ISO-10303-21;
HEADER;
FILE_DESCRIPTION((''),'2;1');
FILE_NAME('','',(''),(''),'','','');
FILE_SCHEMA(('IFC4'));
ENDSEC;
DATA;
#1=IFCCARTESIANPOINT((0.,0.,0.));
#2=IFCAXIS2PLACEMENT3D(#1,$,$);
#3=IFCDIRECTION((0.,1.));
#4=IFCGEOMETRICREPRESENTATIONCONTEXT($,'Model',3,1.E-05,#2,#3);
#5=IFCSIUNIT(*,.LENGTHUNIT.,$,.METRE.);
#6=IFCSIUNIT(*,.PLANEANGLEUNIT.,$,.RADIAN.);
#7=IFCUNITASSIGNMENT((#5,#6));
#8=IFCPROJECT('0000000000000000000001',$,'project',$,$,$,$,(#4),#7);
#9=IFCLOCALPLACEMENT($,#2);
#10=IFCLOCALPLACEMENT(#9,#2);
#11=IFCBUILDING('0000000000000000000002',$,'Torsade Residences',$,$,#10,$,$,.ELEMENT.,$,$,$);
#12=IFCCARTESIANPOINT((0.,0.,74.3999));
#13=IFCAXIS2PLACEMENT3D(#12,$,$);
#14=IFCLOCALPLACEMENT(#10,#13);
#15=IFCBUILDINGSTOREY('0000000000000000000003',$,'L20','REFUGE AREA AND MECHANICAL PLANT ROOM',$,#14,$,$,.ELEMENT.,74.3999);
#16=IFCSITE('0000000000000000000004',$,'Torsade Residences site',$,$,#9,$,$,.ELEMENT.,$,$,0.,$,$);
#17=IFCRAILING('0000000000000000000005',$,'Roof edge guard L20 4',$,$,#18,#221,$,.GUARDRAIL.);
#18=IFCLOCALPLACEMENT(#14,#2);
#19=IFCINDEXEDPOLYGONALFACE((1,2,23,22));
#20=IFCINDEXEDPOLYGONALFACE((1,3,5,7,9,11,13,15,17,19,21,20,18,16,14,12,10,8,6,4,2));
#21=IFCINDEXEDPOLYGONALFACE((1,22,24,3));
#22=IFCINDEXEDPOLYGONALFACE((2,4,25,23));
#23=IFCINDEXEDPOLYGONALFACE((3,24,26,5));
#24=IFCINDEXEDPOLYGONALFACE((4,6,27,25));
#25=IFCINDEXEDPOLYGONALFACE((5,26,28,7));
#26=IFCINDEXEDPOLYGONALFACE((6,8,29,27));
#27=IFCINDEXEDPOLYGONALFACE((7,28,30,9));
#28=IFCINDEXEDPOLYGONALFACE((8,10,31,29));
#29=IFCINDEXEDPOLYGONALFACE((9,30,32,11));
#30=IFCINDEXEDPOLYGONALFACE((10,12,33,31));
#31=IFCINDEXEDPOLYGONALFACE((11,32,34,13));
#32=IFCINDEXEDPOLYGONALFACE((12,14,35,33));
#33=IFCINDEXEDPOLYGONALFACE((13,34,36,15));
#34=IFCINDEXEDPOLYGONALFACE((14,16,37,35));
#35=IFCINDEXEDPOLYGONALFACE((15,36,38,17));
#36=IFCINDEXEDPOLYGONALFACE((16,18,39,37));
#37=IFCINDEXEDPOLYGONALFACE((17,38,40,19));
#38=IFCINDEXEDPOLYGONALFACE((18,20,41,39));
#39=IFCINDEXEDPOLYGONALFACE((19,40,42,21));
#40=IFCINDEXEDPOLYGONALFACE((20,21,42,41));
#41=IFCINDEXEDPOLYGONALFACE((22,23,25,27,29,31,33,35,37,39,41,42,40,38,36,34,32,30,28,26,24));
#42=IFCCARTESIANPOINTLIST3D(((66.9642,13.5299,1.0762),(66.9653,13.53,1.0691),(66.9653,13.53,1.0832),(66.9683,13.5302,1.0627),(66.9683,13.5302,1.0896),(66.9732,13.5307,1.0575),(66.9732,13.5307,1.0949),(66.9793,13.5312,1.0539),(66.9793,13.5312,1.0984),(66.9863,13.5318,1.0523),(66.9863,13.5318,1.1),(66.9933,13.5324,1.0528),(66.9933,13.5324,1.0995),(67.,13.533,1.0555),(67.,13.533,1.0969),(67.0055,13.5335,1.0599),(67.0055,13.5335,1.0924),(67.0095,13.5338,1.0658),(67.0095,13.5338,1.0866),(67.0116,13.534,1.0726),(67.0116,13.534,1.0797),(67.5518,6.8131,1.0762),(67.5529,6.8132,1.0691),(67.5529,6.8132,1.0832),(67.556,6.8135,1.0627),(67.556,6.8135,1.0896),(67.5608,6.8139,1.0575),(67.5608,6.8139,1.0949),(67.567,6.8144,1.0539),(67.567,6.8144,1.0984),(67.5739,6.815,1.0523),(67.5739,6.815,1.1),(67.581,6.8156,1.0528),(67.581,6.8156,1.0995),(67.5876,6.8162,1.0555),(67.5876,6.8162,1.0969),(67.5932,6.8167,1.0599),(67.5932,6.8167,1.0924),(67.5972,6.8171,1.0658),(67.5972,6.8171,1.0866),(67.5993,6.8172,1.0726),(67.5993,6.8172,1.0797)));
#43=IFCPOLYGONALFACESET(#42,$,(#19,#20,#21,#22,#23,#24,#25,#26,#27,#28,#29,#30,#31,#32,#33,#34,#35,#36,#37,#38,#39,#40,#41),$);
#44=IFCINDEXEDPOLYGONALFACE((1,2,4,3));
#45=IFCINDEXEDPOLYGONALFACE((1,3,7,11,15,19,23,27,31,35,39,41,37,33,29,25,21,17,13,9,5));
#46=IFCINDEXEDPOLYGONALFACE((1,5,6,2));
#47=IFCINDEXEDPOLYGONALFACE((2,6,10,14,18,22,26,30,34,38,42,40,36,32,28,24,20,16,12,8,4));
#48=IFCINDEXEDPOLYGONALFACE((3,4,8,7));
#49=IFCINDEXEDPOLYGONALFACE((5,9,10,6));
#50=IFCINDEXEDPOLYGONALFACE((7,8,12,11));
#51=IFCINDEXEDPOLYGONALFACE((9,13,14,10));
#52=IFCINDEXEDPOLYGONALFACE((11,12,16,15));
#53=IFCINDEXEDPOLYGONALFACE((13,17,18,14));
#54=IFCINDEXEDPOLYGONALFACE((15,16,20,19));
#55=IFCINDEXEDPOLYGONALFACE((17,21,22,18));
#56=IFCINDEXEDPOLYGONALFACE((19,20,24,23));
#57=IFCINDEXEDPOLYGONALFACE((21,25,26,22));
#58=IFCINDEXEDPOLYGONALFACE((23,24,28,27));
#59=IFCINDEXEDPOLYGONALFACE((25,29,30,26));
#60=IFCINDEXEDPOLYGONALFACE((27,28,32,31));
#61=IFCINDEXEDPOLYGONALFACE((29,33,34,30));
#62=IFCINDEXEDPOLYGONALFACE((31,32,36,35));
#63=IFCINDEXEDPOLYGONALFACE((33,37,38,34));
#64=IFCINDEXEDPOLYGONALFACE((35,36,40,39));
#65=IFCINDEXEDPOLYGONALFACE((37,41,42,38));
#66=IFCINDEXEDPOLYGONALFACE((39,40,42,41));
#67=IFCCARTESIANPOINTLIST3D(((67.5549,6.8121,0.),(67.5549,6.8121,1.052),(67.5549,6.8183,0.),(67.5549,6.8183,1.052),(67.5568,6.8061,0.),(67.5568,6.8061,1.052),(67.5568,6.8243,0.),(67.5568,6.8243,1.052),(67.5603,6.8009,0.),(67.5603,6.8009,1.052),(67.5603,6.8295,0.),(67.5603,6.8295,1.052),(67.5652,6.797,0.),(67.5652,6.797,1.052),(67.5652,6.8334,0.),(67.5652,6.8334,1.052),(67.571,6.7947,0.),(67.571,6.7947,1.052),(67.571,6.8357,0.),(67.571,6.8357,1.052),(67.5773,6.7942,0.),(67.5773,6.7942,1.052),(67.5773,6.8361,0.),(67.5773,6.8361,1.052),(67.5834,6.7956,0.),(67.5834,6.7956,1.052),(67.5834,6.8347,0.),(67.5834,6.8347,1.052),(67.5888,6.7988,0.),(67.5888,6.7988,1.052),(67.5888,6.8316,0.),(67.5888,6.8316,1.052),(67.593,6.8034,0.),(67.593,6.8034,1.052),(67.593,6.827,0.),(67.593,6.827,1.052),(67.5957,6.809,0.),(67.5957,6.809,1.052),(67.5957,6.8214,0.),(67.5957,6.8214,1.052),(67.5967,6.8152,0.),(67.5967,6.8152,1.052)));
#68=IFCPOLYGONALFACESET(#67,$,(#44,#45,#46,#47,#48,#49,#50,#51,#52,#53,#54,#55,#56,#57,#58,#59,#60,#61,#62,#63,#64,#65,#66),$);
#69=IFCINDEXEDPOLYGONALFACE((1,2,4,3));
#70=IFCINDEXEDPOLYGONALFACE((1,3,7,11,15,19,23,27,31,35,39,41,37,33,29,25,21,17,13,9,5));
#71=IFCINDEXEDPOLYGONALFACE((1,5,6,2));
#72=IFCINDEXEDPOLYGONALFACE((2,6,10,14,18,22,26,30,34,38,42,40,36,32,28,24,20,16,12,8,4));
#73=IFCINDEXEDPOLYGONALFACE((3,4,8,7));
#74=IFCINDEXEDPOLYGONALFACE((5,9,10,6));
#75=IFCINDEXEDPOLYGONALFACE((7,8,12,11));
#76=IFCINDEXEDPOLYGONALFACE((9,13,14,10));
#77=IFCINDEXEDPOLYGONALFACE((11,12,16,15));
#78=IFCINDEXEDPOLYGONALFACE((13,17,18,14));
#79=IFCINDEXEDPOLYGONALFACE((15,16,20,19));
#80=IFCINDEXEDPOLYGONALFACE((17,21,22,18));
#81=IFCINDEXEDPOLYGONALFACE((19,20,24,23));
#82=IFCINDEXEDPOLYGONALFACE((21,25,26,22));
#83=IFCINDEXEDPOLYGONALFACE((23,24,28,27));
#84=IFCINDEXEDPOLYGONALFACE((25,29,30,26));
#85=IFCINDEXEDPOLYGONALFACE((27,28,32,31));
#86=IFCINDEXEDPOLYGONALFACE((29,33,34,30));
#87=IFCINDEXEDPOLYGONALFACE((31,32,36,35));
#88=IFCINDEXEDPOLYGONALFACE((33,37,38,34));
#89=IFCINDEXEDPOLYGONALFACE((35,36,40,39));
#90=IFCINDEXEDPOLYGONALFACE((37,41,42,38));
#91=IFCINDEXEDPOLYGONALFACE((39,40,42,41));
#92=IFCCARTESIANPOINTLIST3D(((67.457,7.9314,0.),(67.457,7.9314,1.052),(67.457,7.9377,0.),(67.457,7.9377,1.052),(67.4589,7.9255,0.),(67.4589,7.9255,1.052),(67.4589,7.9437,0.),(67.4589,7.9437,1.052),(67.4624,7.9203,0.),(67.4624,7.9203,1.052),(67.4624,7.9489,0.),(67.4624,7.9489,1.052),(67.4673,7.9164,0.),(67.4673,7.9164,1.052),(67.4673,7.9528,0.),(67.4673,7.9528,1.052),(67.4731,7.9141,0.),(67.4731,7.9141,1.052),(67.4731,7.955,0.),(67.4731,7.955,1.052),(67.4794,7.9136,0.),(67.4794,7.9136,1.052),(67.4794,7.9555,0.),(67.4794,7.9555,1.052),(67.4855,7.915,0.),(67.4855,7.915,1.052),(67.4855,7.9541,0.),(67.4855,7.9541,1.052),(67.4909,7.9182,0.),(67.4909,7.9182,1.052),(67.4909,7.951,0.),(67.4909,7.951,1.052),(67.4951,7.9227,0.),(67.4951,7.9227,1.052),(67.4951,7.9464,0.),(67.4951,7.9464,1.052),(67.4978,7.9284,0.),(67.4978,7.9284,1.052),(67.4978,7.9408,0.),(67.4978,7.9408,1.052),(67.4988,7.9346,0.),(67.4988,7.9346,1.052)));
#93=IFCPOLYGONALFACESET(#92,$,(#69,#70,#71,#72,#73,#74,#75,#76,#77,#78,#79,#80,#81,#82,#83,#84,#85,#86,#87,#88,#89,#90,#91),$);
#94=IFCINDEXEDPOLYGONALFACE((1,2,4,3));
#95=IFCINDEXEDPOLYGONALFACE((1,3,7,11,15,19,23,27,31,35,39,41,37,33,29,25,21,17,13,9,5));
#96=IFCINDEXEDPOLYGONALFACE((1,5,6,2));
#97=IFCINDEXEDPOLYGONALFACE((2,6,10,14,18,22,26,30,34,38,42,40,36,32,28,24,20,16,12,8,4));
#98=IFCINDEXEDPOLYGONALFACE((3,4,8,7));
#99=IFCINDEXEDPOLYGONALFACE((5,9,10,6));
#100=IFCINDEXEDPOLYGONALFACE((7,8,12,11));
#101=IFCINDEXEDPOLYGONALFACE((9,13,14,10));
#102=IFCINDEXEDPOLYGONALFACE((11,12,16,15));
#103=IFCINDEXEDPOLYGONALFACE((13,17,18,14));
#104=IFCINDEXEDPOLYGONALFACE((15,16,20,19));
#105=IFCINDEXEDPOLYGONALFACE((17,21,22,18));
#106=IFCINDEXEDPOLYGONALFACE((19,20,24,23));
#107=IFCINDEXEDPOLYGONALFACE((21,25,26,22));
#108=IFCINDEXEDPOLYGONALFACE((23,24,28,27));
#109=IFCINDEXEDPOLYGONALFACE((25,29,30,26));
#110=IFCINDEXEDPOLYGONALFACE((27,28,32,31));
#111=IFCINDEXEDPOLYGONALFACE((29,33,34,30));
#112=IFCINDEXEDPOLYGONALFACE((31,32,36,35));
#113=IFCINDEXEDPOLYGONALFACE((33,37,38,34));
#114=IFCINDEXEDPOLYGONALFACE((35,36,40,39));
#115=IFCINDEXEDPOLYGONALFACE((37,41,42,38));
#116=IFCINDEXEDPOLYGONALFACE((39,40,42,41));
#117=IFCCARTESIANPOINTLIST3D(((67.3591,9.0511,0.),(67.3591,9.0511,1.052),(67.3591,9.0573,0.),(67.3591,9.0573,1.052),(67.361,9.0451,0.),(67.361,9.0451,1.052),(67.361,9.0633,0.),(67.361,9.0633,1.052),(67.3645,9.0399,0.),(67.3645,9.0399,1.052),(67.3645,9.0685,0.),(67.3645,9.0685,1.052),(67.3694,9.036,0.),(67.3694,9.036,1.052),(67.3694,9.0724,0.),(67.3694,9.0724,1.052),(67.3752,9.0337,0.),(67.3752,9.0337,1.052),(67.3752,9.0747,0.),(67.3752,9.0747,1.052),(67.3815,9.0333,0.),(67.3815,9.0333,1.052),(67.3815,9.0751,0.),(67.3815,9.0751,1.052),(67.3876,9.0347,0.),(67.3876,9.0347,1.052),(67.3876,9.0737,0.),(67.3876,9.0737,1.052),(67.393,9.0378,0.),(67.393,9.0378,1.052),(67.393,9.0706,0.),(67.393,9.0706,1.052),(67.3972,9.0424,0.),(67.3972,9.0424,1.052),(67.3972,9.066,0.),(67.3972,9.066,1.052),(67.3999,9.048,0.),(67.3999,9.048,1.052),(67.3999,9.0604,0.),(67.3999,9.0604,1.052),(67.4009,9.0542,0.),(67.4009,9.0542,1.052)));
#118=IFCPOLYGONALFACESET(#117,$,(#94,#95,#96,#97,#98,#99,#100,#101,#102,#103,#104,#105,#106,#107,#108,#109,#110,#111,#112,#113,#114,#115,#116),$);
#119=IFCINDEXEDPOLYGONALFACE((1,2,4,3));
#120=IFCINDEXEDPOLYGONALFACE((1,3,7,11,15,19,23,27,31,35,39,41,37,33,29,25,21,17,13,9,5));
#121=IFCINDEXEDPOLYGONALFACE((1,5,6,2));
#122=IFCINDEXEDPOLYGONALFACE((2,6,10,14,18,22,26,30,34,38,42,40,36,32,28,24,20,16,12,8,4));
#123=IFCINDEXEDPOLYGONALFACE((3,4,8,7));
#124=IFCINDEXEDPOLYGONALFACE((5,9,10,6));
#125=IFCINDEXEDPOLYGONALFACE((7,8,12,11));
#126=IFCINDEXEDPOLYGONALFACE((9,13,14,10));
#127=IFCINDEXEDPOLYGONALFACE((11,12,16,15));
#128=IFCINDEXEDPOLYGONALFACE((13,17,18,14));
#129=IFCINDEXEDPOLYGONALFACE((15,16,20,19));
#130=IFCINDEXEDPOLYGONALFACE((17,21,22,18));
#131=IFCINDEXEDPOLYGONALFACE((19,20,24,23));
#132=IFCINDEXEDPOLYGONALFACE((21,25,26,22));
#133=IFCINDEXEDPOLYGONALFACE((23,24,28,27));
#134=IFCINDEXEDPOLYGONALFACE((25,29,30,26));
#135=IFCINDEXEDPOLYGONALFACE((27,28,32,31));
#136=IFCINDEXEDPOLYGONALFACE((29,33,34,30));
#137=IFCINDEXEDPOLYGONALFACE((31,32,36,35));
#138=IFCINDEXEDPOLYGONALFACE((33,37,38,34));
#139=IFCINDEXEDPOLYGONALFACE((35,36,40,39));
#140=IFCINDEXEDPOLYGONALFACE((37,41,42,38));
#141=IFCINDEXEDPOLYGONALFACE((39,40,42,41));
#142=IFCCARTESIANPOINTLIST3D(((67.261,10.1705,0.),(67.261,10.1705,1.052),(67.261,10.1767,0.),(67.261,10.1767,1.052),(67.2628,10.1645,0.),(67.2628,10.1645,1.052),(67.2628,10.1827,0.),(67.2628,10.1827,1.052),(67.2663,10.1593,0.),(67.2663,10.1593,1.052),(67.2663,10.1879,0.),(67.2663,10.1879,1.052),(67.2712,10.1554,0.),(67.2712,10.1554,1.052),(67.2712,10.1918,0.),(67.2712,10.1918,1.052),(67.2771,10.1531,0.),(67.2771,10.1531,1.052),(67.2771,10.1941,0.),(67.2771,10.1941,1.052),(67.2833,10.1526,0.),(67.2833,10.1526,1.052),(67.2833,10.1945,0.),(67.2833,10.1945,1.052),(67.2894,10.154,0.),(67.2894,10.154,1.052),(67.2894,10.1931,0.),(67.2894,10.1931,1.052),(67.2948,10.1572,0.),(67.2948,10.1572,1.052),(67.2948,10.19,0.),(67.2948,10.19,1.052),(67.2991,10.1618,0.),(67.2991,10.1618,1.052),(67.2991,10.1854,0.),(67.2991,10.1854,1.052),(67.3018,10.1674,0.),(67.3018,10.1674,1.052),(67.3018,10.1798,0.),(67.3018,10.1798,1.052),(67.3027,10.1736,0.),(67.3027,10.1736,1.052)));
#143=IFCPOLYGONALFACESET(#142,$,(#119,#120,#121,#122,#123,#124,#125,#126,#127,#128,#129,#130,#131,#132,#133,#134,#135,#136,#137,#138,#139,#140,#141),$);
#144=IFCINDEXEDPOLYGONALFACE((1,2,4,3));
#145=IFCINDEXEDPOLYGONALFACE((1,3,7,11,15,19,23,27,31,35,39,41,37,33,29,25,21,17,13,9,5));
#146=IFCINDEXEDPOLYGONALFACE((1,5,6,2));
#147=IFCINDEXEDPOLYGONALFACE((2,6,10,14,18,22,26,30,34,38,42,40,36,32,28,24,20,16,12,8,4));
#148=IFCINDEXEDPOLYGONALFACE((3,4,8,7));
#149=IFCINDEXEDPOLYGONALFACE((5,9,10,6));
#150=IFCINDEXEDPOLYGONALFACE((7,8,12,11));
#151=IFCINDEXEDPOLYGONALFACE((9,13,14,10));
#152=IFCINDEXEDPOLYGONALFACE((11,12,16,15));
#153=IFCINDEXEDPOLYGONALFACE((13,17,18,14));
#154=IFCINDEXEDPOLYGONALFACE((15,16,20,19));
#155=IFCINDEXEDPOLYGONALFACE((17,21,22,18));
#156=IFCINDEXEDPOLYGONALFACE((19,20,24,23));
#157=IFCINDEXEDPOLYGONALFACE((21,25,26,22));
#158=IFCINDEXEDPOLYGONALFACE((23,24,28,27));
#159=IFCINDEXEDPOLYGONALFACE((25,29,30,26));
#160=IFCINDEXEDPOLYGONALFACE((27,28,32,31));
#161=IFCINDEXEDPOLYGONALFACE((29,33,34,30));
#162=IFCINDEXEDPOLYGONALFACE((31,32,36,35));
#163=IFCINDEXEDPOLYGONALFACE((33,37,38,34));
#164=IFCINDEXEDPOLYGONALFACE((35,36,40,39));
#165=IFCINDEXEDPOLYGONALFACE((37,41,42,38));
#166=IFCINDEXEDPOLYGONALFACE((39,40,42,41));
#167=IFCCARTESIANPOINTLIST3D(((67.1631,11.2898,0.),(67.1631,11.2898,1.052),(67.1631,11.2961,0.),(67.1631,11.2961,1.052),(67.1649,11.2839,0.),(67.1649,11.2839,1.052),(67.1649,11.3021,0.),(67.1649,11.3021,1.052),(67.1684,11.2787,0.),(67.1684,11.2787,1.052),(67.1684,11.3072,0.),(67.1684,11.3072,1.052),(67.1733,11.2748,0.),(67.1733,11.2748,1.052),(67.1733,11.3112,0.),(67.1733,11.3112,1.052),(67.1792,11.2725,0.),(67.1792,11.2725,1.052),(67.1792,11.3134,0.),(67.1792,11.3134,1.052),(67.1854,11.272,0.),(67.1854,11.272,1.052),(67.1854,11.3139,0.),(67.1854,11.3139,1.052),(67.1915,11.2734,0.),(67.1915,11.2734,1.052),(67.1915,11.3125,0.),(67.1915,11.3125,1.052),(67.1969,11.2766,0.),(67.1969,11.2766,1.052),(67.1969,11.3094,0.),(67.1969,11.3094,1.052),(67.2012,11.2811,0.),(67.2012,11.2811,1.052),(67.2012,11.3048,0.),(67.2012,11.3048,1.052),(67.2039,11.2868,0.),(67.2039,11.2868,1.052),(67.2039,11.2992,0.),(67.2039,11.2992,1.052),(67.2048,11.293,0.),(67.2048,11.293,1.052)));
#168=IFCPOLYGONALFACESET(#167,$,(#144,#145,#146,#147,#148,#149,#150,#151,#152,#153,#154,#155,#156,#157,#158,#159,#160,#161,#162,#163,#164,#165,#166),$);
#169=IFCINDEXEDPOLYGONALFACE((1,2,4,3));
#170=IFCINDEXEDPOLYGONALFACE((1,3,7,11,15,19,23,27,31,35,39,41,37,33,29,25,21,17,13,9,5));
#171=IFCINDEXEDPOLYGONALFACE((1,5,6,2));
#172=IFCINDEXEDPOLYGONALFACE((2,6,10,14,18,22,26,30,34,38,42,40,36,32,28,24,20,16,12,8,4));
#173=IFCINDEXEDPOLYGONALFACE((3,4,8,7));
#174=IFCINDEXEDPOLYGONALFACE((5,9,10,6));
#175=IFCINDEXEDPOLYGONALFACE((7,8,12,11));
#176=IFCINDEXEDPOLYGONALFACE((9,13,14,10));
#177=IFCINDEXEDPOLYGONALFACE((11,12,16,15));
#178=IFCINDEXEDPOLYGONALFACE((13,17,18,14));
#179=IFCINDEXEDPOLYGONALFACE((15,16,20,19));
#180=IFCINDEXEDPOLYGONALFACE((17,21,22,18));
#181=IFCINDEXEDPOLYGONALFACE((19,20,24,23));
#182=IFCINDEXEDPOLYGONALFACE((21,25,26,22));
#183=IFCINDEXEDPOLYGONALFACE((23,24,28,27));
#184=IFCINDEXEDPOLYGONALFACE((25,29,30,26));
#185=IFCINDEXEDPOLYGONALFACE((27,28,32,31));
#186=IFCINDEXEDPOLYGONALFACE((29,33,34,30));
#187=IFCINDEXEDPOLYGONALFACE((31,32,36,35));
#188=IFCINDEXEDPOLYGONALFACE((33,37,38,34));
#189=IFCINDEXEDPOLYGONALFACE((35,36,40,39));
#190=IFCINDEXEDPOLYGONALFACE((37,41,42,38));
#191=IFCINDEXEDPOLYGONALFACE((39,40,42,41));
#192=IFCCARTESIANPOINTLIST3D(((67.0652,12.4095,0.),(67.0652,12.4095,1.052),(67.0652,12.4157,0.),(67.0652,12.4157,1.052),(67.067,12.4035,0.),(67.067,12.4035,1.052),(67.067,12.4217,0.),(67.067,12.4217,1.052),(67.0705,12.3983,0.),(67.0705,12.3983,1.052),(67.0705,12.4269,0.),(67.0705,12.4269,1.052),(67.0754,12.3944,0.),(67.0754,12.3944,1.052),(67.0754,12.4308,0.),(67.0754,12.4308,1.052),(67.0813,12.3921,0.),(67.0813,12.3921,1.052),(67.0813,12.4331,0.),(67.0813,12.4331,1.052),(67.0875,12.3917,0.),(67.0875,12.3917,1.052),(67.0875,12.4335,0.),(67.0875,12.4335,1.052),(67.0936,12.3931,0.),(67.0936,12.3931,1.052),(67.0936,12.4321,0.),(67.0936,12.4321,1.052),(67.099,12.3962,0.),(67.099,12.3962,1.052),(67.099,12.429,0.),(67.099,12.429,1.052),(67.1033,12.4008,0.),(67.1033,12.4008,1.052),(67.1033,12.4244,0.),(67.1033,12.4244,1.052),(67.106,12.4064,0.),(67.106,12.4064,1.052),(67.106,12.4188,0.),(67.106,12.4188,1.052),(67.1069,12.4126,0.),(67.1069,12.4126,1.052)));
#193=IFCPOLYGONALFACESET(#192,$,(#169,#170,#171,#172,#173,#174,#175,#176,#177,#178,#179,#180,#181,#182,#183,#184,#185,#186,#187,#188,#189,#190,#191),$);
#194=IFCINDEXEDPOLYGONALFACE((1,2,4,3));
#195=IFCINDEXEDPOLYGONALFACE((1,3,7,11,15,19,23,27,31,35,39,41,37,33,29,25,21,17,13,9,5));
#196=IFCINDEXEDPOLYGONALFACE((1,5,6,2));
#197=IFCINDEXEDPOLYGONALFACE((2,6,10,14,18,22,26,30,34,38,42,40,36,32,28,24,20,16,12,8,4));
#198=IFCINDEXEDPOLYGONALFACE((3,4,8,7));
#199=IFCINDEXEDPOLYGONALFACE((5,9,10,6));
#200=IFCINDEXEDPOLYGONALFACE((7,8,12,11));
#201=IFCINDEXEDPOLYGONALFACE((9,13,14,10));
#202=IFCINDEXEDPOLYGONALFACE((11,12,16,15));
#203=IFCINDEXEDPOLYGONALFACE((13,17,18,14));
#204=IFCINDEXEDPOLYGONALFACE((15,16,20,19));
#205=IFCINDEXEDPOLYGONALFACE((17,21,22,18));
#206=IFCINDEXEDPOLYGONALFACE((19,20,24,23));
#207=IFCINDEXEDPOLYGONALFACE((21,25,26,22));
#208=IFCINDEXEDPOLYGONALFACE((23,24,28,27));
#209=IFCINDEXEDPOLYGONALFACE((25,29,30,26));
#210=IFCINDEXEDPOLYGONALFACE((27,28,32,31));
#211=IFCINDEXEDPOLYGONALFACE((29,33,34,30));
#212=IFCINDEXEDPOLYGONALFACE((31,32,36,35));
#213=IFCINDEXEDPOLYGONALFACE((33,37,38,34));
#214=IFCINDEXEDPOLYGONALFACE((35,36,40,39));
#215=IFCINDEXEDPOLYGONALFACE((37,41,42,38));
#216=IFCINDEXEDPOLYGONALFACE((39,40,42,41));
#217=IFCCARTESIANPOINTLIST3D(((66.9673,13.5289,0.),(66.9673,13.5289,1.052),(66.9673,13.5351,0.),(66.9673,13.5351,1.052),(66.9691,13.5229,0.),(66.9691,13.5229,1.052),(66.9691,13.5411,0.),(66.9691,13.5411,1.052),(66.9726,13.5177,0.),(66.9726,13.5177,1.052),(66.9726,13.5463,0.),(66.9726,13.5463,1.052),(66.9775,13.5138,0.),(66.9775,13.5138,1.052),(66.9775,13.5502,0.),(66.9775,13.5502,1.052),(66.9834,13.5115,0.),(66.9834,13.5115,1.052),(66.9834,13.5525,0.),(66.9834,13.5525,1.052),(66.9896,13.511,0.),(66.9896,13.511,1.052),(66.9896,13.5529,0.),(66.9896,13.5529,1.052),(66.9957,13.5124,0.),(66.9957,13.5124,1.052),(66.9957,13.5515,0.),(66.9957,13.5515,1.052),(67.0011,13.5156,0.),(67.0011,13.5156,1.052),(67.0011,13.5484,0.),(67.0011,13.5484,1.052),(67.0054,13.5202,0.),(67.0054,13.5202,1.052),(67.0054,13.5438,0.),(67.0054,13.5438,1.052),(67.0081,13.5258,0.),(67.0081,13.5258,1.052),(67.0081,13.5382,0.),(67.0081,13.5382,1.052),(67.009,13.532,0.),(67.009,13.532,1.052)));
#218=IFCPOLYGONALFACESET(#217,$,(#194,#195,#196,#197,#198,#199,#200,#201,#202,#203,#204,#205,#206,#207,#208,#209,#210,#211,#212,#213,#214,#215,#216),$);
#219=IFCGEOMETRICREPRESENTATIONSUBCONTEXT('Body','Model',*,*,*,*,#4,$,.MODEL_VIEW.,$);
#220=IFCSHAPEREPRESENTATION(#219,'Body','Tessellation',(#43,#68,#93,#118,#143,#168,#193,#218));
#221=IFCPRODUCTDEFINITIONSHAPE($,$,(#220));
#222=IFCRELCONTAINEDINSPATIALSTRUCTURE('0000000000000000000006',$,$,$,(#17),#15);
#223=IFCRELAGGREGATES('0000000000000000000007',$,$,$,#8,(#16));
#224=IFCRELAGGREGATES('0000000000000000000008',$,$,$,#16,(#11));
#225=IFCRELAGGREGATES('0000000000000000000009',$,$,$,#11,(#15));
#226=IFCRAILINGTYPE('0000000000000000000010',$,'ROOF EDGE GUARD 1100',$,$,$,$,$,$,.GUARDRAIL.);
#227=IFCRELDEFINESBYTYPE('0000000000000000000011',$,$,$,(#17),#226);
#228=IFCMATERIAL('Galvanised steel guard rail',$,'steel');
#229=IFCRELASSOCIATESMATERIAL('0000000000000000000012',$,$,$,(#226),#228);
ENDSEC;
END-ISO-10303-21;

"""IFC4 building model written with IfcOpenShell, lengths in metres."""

from ifc_helpers import new_model, si_unit, direction, frame, origin, origin_2d, place, context, subcontext, project, spatial, circle, extrude, material, type_object, element, save


model = new_model("IFC4")

# Units and contexts
model_context = context("Model", 3, precision=1e-05, world=origin(), true_north=direction((0.0, 1.0)))
body_context = subcontext(model_context, "Body", "Model", "MODEL_VIEW")
ifc_project = project(units=[si_unit("LENGTHUNIT", "METRE"), si_unit("PLANEANGLEUNIT", "RADIAN")], contexts=[model_context])

# Site, building, storey
site_placement = place(None, origin())
site = spatial("IfcSite", under=ifc_project, at=site_placement, Name="Torsade Residences site", CompositionType="ELEMENT", RefElevation=0.0)
building_placement = place(site_placement, origin())
building = spatial("IfcBuilding", under=site, at=building_placement, Name="Torsade Residences", CompositionType="ELEMENT")
storey_placement = place(building_placement, frame((0.0, 0.0, 74.3999)))
storey = spatial("IfcBuildingStorey", under=building, at=storey_placement, Name="L20", Description="REFUGE AREA AND MECHANICAL PLANT ROOM", CompositionType="ELEMENT", Elevation=74.3999)

# Railing
ifc_material_1 = material(Name="Galvanised steel guard rail", Category="steel")
railing_type = type_object("IfcRailingType", Name="ROOF EDGE GUARD 1100", PredefinedType="GUARDRAIL", material=ifc_material_1)
railing_1_placement = place(storey_placement, frame((67.5757, 6.8152, 0.0)))
element("IfcRailing", 1, at=railing_1_placement, inside=storey, type_object=railing_type, Name="Roof edge guard L20 4", PredefinedType="GUARDRAIL", context=body_context, shape_type="SweptSolid", body=[
    extrude(circle(Radius=0.0239, at=origin_2d()), frame((0.0, 0.0, 1.0762), z_axis=(-0.087156, 0.996195, 0.0), x_axis=(-0.996195, -0.087156, 0.0)), (0.0, 0.0, 1.0), 6.7424),
    extrude(circle(Radius=0.021, at=origin_2d()), origin(), (0.0, 0.0, 1.0), 1.052),
    extrude(circle(Radius=0.021, at=origin_2d()), frame((-0.0979, 1.1194, 0.0)), (0.0, 0.0, 1.0), 1.052),
    extrude(circle(Radius=0.021, at=origin_2d()), frame((-0.1958, 2.239, 0.0)), (0.0, 0.0, 1.0), 1.052),
    extrude(circle(Radius=0.021, at=origin_2d()), frame((-0.2939, 3.3584, 0.0)), (0.0, 0.0, 1.0), 1.052),
    extrude(circle(Radius=0.021, at=origin_2d()), frame((-0.3918, 4.4778, 0.0)), (0.0, 0.0, 1.0), 1.052),
    extrude(circle(Radius=0.021, at=origin_2d()), frame((-0.4897, 5.5974, 0.0)), (0.0, 0.0, 1.0), 1.052),
    extrude(circle(Radius=0.021, at=origin_2d()), frame((-0.5876, 6.7168, 0.0)), (0.0, 0.0, 1.0), 1.052),
])

save(model, "model.ifc")
